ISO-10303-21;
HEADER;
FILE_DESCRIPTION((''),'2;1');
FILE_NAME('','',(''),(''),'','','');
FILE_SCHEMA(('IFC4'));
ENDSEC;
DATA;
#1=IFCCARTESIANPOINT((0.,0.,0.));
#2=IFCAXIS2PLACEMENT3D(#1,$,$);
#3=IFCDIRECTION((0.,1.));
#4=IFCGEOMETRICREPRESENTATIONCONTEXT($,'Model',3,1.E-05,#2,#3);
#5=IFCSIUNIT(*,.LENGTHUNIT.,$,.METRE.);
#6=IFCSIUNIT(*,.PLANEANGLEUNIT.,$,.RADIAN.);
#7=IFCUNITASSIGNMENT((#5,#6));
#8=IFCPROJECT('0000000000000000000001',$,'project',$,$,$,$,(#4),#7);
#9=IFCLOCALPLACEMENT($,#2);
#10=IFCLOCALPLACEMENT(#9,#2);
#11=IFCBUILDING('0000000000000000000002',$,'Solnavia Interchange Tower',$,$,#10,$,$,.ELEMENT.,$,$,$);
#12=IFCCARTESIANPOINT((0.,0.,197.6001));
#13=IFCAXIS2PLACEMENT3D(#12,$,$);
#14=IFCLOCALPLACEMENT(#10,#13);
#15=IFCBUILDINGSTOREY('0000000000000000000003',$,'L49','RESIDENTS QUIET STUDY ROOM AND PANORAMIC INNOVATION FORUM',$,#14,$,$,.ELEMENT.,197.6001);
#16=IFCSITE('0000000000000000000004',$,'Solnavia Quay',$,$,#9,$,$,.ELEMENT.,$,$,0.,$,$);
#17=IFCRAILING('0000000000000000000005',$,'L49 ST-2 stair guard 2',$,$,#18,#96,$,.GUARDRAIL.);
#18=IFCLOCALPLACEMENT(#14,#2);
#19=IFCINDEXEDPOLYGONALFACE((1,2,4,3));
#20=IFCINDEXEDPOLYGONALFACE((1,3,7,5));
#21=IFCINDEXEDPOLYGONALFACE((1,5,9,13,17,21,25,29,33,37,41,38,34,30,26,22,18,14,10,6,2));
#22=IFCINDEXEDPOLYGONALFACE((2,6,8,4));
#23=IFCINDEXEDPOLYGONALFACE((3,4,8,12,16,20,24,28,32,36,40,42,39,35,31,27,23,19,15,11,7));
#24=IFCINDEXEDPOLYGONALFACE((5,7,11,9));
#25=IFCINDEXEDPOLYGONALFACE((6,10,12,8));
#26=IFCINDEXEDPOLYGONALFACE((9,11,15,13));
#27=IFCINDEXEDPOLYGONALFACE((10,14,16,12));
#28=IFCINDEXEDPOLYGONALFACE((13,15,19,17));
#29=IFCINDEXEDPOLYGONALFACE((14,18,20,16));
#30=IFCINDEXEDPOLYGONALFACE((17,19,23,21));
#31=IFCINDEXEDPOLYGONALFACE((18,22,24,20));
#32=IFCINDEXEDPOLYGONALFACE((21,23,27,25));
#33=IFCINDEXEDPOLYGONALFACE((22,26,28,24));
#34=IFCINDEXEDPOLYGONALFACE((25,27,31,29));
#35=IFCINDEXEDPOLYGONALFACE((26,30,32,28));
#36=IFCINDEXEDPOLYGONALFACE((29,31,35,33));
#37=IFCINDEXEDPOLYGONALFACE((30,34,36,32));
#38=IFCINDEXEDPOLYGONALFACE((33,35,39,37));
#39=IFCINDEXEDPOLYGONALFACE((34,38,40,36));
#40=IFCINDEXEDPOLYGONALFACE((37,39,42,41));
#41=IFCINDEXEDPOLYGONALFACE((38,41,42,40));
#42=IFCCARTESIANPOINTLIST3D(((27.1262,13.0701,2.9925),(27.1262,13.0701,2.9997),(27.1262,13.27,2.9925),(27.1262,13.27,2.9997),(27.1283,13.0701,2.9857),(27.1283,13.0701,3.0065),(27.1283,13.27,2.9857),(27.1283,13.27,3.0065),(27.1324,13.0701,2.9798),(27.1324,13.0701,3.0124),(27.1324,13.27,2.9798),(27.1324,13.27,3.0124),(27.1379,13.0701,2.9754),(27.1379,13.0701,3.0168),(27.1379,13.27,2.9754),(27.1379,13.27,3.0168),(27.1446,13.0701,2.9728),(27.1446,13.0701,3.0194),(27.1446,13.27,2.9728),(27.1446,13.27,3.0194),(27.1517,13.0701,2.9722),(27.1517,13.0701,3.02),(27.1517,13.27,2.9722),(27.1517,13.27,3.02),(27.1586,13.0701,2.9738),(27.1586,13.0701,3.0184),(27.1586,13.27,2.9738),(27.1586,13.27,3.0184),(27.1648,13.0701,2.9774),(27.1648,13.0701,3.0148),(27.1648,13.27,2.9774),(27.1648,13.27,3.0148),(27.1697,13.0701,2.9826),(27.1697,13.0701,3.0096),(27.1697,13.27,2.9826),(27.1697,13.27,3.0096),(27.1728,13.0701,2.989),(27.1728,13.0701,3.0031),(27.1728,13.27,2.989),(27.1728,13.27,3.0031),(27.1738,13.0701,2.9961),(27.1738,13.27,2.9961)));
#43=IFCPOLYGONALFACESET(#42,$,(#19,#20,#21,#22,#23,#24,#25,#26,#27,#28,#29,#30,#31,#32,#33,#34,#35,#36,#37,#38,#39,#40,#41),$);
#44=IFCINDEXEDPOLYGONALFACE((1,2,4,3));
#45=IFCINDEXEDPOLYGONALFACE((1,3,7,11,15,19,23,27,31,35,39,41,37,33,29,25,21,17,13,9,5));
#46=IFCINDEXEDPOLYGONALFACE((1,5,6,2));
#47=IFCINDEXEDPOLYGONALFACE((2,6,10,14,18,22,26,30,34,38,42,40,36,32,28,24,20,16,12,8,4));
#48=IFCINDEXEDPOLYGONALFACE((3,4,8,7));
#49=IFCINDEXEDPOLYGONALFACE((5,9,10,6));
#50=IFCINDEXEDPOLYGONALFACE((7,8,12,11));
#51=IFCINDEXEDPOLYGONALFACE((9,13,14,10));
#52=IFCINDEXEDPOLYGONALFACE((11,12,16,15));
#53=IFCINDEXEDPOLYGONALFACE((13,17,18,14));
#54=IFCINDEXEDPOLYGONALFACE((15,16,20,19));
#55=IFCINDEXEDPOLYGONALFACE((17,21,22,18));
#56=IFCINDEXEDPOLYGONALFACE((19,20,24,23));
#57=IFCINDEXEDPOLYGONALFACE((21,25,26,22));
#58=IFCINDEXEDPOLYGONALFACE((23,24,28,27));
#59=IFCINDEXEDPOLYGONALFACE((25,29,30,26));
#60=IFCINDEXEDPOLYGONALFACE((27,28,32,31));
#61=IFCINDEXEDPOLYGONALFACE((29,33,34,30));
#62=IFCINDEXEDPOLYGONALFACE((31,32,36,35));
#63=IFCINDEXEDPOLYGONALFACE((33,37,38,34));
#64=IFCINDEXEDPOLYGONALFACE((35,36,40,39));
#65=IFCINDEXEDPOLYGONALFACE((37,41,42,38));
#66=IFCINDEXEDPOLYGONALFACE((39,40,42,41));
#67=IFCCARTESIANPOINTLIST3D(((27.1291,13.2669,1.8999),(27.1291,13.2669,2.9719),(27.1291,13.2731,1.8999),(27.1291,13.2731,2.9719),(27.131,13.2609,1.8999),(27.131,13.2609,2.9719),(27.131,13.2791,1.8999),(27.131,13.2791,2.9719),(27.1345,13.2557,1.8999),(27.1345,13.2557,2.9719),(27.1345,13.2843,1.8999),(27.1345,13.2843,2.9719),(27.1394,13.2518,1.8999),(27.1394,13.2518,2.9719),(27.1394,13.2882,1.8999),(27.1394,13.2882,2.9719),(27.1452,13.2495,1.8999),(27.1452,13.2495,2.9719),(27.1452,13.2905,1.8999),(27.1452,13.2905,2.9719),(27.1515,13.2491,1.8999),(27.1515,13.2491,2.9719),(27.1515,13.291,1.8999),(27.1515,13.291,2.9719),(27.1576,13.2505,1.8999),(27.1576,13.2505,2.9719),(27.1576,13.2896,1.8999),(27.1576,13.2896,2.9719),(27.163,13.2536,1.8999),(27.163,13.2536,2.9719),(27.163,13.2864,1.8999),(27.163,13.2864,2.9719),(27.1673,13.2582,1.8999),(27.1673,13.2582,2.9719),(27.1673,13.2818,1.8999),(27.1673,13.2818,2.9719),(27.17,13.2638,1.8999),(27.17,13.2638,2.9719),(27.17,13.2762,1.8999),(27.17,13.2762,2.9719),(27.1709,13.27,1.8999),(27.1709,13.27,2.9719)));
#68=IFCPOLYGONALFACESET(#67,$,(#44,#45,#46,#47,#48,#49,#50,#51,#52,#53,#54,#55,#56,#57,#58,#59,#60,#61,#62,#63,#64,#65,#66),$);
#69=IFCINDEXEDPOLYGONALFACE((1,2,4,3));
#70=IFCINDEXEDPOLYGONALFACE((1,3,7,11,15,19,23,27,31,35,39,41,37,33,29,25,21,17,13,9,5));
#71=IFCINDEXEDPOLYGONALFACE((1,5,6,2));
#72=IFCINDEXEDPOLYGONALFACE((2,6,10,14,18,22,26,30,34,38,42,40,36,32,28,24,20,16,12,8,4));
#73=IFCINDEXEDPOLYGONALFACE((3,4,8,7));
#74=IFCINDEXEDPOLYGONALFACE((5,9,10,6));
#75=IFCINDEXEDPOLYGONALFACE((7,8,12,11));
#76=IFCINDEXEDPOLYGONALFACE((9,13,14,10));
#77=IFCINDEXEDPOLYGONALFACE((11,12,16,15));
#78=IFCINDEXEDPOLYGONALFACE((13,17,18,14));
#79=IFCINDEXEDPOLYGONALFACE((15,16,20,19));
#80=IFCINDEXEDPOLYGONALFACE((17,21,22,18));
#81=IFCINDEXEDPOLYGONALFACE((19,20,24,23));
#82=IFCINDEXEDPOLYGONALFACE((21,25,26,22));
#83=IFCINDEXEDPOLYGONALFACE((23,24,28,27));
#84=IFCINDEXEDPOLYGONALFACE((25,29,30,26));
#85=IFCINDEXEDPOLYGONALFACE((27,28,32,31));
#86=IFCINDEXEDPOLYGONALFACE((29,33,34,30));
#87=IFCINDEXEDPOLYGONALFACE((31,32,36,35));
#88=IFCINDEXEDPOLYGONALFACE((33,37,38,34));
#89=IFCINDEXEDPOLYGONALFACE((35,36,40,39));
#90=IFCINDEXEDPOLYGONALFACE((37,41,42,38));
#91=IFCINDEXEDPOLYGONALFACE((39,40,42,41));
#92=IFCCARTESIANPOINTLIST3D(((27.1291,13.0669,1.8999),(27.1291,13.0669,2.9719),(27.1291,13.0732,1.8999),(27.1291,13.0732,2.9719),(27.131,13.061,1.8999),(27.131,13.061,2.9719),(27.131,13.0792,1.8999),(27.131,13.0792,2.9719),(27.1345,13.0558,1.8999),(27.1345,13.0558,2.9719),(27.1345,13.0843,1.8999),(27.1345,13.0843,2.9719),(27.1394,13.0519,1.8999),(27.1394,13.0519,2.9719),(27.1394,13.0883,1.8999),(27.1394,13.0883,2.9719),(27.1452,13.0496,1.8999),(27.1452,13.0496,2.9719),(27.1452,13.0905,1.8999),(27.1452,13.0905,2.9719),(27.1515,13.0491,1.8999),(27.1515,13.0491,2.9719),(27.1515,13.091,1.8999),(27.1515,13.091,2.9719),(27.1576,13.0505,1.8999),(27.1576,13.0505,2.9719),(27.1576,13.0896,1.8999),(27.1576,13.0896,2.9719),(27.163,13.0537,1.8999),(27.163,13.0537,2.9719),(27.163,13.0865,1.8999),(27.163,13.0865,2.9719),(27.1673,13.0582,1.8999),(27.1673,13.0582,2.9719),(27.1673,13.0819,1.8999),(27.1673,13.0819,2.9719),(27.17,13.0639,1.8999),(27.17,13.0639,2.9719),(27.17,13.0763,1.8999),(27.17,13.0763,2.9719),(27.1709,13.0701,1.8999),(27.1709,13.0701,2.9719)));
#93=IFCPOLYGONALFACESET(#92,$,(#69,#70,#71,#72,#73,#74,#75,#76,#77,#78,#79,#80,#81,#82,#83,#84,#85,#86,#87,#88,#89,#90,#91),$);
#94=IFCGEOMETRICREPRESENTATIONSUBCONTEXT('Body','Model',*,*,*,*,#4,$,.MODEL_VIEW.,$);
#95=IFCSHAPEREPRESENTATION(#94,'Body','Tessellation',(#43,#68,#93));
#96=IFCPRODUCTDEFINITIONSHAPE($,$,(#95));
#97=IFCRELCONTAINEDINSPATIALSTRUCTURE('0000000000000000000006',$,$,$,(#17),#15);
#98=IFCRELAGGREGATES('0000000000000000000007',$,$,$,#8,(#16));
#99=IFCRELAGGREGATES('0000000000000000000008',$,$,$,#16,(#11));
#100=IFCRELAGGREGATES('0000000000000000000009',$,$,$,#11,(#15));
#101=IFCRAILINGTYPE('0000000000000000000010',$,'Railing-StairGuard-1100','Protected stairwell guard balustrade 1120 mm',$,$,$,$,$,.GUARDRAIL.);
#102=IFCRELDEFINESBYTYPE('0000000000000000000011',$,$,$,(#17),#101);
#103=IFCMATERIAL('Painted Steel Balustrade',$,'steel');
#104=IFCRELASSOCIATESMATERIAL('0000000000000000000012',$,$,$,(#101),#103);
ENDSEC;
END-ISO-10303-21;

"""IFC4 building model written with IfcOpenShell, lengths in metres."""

from ifc_helpers import new_model, si_unit, direction, frame, origin, origin_2d, place, context, subcontext, project, spatial, circle, extrude, material, type_object, element, save


model = new_model("IFC4")

# Units and contexts
model_context = context("Model", 3, precision=1e-05, world=origin(), true_north=direction((0.0, 1.0)))
body_context = subcontext(model_context, "Body", "Model", "MODEL_VIEW")
ifc_project = project(units=[si_unit("LENGTHUNIT", "METRE"), si_unit("PLANEANGLEUNIT", "RADIAN")], contexts=[model_context])

# Site, building, storey
site_placement = place(None, origin())
site = spatial("IfcSite", under=ifc_project, at=site_placement, Name="Solnavia Quay", CompositionType="ELEMENT", RefElevation=0.0)
building_placement = place(site_placement, origin())
building = spatial("IfcBuilding", under=site, at=building_placement, Name="Solnavia Interchange Tower", CompositionType="ELEMENT")
storey_placement = place(building_placement, frame((0.0, 0.0, 197.6001)))
storey = spatial("IfcBuildingStorey", under=building, at=storey_placement, Name="L49", Description="RESIDENTS QUIET STUDY ROOM AND PANORAMIC INNOVATION FORUM", CompositionType="ELEMENT", Elevation=197.6001)

# Railing
ifc_material_1 = material(Name="Painted Steel Balustrade", Category="steel")
railing_type_1 = type_object("IfcRailingType", Name="Railing-StairGuard-1100", Description="Protected stairwell guard balustrade 1120 mm", PredefinedType="GUARDRAIL", material=ifc_material_1)
railing_1_placement = place(storey_placement, frame((27.1499, 13.27, 1.8999)))
element("IfcRailing", 1, at=railing_1_placement, inside=storey, type_object=railing_type_1, Name="L49 ST-2 stair guard 2", PredefinedType="GUARDRAIL", context=body_context, shape_type="SweptSolid", body=[
    extrude(circle(Radius=0.0239, at=origin_2d()), frame((0.0, 0.0, 1.0962), z_axis=(0.0, -1.0, 0.0), x_axis=(1.0, 0.0, 0.0)), (0.0, 0.0, 1.0), 0.2),
    extrude(circle(Radius=0.021, at=origin_2d()), origin(), (0.0, 0.0, 1.0), 1.072),
    extrude(circle(Radius=0.021, at=origin_2d()), frame((0.0, -0.2, 0.0)), (0.0, 0.0, 1.0), 1.072),
])

save(model, "model.ifc")
